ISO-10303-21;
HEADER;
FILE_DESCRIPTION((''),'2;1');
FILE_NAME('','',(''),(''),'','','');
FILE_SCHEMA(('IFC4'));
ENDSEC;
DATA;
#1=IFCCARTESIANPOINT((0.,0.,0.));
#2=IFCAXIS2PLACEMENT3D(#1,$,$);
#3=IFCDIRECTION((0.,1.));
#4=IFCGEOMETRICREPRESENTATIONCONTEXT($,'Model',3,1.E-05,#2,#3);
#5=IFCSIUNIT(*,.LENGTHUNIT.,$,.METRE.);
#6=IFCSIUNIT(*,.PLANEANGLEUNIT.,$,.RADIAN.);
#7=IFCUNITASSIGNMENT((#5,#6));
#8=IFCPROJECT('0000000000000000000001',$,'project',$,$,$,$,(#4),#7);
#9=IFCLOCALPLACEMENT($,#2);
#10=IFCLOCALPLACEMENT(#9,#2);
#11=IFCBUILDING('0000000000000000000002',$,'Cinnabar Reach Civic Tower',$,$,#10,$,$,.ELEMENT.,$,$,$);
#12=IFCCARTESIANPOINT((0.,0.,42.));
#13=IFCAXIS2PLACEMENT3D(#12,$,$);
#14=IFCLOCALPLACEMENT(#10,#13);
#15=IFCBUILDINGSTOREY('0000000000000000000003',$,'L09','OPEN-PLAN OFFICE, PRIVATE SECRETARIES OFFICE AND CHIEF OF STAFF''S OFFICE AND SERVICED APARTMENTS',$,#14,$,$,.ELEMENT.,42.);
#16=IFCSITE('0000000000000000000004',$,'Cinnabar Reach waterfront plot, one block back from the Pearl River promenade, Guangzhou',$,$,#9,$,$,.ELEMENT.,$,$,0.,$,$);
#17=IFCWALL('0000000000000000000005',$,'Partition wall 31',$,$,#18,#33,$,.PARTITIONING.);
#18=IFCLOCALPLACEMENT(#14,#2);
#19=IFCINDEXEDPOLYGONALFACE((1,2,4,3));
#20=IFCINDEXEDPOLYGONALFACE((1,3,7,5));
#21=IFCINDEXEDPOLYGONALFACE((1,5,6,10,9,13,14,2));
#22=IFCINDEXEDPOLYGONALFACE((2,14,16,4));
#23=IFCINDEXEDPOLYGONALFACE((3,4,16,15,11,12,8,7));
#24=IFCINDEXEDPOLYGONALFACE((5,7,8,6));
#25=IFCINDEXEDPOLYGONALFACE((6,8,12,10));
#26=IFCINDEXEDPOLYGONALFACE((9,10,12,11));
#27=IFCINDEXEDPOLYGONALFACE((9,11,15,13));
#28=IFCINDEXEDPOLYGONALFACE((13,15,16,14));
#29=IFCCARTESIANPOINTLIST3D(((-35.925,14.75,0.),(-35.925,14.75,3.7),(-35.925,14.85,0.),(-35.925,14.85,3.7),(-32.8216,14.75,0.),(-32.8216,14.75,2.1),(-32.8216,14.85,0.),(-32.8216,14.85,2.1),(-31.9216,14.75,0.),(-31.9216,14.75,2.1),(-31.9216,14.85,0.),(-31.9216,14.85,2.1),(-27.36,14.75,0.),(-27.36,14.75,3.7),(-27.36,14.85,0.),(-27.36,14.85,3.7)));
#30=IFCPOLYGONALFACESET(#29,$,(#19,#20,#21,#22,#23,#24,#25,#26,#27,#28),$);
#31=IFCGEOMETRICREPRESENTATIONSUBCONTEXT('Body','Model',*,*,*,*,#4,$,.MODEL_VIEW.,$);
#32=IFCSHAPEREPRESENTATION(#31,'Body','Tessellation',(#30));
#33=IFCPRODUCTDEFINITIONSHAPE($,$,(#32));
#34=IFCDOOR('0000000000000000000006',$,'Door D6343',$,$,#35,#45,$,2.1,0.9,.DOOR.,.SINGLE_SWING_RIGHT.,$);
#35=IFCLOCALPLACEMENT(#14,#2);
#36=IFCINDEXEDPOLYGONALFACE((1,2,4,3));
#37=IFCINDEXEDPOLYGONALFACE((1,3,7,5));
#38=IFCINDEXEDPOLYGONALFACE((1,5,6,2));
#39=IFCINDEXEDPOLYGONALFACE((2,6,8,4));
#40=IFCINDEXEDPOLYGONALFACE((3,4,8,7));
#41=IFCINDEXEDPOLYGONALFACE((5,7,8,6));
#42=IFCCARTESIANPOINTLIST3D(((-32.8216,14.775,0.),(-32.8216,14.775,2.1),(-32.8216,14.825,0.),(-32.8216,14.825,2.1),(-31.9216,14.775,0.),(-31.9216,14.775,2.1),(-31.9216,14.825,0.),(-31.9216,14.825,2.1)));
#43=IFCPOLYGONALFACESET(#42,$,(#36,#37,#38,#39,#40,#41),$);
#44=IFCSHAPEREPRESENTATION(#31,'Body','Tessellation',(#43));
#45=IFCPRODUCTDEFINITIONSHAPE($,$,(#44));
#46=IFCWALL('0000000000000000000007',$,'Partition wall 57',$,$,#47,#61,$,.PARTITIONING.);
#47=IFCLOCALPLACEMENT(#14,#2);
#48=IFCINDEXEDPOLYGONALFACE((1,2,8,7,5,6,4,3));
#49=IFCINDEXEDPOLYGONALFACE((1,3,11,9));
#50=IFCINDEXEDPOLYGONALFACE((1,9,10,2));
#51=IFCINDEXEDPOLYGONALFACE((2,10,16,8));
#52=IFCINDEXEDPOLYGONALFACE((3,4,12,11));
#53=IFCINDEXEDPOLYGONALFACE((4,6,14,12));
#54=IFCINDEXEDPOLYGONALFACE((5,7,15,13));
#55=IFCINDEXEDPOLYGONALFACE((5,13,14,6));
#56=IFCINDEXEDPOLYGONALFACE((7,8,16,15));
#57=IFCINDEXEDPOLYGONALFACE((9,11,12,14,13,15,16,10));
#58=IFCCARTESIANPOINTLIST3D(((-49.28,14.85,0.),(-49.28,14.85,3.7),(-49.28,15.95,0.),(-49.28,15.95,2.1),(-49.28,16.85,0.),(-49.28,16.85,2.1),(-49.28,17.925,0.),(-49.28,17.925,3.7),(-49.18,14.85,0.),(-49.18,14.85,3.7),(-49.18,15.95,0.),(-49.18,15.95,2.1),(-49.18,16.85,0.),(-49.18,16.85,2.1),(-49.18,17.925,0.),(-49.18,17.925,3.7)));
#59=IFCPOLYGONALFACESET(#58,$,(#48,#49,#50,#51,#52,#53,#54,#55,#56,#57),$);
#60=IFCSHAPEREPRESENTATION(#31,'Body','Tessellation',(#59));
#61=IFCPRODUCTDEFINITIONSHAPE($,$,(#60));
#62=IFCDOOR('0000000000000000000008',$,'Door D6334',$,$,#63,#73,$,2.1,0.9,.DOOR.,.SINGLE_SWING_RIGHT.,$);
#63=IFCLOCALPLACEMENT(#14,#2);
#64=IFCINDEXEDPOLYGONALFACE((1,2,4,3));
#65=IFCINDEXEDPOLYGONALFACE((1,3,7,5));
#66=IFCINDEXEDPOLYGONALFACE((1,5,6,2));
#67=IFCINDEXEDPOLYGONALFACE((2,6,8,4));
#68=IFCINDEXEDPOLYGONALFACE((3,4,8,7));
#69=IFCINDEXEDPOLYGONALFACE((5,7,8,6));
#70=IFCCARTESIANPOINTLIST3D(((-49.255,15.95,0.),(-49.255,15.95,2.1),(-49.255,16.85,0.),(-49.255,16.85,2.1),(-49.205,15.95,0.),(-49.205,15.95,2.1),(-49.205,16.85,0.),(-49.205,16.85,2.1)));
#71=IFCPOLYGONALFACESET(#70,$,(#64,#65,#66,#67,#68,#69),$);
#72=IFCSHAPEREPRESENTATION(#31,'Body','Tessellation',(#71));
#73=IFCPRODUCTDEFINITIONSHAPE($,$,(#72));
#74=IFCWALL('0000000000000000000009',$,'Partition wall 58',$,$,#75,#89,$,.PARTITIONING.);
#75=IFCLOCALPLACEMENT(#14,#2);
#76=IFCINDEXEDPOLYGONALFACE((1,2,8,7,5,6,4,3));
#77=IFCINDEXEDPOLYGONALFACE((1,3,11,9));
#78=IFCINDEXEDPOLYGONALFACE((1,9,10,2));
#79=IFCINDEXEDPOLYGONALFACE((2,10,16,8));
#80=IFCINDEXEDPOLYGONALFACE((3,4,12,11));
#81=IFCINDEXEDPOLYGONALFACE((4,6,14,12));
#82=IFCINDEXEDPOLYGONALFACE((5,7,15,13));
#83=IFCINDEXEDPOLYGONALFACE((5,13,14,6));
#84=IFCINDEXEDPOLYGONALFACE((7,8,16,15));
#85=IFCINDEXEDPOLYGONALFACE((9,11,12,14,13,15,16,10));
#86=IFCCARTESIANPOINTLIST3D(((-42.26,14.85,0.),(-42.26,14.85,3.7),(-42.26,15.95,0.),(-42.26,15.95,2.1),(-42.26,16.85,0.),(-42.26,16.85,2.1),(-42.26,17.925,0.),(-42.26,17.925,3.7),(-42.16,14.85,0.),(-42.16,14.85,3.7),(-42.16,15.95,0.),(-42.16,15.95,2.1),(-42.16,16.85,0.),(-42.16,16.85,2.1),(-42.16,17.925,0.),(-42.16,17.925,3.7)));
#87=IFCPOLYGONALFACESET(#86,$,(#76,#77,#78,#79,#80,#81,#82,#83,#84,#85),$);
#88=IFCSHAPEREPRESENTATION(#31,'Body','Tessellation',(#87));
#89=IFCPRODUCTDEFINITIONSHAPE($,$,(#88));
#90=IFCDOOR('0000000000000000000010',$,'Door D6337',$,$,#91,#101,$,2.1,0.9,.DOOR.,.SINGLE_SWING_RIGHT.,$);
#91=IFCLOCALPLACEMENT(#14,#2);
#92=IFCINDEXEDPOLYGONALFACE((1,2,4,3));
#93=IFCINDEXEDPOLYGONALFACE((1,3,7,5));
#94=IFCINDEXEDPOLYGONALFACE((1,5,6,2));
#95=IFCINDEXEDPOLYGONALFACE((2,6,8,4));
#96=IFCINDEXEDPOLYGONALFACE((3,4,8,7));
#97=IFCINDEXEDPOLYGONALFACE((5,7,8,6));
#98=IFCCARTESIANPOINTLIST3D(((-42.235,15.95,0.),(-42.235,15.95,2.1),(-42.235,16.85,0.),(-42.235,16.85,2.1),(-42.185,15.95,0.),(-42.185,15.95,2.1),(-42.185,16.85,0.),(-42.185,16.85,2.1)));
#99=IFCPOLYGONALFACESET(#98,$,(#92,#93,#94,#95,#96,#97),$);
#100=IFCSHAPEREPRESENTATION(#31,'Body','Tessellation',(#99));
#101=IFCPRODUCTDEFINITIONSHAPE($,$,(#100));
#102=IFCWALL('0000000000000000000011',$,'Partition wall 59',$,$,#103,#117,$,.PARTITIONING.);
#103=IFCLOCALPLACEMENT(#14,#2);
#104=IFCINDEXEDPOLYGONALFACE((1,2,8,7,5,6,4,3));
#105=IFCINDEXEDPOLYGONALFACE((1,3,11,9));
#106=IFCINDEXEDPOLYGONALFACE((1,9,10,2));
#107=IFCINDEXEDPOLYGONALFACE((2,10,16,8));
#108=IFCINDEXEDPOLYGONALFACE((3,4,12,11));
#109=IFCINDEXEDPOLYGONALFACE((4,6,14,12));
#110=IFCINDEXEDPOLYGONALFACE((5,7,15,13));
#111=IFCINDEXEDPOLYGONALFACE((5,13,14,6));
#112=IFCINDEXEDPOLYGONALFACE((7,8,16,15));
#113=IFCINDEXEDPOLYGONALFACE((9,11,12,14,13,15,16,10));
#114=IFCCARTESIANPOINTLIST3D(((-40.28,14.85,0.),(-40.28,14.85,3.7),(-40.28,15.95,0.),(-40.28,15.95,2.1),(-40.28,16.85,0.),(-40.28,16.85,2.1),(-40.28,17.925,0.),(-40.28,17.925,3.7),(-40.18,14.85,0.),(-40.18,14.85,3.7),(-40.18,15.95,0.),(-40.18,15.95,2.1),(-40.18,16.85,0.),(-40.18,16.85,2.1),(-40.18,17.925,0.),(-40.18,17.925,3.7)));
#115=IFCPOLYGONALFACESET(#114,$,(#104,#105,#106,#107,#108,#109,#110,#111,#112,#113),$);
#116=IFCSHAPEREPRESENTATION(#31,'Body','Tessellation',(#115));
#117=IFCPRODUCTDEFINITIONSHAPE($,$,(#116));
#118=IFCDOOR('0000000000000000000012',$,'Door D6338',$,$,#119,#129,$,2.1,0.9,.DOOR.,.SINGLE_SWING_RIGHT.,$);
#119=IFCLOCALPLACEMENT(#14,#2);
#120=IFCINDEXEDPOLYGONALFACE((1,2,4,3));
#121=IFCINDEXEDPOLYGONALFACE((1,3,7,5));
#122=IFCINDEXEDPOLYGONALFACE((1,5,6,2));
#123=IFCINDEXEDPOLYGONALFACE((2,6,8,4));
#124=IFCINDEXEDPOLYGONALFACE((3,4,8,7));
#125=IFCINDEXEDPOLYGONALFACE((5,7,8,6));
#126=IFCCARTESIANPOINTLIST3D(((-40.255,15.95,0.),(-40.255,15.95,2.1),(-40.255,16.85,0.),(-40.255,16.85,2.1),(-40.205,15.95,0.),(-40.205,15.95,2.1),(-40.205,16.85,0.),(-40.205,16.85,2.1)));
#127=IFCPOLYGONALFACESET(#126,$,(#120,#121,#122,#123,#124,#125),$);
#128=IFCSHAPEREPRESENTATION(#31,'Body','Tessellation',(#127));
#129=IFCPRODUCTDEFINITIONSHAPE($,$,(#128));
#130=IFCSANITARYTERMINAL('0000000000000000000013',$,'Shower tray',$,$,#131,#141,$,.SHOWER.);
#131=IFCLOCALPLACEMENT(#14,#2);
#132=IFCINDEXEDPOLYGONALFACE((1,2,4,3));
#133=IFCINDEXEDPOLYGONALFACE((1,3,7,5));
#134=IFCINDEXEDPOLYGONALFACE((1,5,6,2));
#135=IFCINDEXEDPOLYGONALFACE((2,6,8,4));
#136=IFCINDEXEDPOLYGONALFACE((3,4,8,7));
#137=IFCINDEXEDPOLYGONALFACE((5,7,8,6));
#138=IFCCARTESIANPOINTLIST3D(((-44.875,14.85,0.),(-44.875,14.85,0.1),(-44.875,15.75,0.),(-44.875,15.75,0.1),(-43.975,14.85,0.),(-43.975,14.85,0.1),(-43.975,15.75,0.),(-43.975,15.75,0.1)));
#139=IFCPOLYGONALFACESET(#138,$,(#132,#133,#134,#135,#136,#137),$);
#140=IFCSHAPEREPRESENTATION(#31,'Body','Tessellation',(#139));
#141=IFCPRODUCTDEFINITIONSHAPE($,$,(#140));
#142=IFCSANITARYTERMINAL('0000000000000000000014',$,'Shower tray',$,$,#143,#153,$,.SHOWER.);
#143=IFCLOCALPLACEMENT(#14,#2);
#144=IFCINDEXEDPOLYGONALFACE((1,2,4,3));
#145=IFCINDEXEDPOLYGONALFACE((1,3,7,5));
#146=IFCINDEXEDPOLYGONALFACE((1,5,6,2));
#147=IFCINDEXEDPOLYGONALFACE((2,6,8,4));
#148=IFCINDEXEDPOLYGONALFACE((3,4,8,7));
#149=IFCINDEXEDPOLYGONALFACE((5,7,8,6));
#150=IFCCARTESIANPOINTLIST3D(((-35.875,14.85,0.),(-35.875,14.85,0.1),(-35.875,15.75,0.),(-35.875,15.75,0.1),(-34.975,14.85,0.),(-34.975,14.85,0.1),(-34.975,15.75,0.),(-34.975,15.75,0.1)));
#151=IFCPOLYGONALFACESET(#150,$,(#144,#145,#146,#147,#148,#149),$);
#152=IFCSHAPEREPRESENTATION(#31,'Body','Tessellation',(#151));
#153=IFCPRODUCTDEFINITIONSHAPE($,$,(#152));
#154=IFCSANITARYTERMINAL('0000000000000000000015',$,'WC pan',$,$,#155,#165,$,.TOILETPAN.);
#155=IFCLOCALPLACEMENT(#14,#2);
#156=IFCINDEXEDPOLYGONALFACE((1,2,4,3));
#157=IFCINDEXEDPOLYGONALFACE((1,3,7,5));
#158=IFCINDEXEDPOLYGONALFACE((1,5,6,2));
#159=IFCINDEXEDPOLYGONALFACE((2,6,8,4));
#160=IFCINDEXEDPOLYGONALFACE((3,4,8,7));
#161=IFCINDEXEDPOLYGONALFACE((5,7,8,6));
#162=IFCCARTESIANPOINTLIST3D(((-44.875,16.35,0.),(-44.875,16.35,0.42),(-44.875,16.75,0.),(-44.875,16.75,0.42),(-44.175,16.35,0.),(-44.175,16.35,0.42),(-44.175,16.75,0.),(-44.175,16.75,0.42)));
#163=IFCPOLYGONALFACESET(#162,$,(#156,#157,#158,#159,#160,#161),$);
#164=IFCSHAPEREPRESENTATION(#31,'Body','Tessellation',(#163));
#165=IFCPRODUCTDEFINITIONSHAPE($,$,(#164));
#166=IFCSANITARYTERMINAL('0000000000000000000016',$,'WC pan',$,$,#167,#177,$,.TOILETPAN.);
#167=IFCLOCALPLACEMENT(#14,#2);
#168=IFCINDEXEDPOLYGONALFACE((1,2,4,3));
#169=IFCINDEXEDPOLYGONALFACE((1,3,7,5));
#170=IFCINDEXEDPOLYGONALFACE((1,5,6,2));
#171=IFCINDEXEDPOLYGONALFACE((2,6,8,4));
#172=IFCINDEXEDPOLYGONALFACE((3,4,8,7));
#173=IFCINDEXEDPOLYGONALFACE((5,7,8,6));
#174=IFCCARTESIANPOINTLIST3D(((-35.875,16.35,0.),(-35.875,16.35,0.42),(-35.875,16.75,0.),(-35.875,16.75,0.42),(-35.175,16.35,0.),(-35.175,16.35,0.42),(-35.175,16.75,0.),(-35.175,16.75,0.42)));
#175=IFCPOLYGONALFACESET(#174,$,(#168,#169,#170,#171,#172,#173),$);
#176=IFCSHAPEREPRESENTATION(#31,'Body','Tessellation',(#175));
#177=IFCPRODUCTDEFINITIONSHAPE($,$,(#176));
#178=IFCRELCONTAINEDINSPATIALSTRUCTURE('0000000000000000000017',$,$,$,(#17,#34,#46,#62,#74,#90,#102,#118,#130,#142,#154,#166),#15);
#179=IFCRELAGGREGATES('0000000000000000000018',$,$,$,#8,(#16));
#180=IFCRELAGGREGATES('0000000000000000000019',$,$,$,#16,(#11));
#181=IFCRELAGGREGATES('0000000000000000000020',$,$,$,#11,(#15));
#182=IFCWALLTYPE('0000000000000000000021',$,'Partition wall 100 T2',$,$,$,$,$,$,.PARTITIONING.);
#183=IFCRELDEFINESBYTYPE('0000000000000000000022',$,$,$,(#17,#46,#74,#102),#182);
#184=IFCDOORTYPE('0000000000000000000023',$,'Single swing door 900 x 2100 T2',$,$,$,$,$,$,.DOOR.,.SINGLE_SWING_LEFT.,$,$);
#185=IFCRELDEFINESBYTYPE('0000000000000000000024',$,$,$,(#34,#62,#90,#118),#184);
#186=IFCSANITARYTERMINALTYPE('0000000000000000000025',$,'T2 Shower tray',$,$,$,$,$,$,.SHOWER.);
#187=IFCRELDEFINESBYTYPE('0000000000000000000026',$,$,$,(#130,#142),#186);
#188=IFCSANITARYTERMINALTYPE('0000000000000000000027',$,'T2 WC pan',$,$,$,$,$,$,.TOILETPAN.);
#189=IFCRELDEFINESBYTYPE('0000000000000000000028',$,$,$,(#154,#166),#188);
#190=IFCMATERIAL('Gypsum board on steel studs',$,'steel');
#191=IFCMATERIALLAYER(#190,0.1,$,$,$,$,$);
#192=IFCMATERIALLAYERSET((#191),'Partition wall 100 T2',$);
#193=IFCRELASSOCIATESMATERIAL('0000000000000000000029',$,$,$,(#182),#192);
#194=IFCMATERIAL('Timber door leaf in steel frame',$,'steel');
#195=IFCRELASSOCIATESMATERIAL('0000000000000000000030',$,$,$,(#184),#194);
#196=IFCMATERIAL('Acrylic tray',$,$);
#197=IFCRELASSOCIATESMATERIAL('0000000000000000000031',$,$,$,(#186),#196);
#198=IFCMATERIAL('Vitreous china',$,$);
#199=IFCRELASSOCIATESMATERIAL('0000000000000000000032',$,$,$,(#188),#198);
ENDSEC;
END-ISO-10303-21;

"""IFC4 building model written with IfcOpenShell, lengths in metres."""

from ifc_helpers import new_model, si_unit, direction, frame, frame_2d, origin, origin_2d, place, context, subcontext, project, spatial, rectangle, extrude, material, layer, layer_set, type_object, element, fill, save


model = new_model("IFC4")

# Units and contexts
model_context = context("Model", 3, precision=1e-05, world=origin(), true_north=direction((0.0, 1.0)))
body_context = subcontext(model_context, "Body", "Model", "MODEL_VIEW")
ifc_project = project(units=[si_unit("LENGTHUNIT", "METRE"), si_unit("PLANEANGLEUNIT", "RADIAN")], contexts=[model_context])

# Site, building, storey
site_placement = place(None, origin())
site = spatial("IfcSite", under=ifc_project, at=site_placement, Name="Cinnabar Reach waterfront plot, one block back from the Pearl River promenade, Guangzhou", CompositionType="ELEMENT", RefElevation=0.0)
building_placement = place(site_placement, origin())
building = spatial("IfcBuilding", under=site, at=building_placement, Name="Cinnabar Reach Civic Tower", CompositionType="ELEMENT")
storey_placement = place(building_placement, frame((0.0, 0.0, 42.0)))
storey = spatial("IfcBuildingStorey", under=building, at=storey_placement, Name="L09", Description="OPEN-PLAN OFFICE, PRIVATE SECRETARIES OFFICE AND CHIEF OF STAFF'S OFFICE AND SERVICED APARTMENTS", CompositionType="ELEMENT", Elevation=42.0)

# Shared definitions
ifc_material_1 = material(Name="Timber door leaf in steel frame", Category="steel")

# Walls, openings, doors
ifc_material_2 = material(Name="Gypsum board on steel studs", Category="steel")
ifc_layer_1 = layer(ifc_material_2, 0.1)
ifc_layer_set_1 = layer_set([ifc_layer_1], Name="Partition wall 100 T2")
wall_type_1 = type_object("IfcWallType", Name="Partition wall 100 T2", PredefinedType="PARTITIONING", material=ifc_layer_set_1)
door_type_1 = type_object("IfcDoorType", Name="Single swing door 900 x 2100 T2", OperationType="SINGLE_SWING_LEFT", PredefinedType="DOOR", material=ifc_material_1)
wall_1_placement = place(storey_placement, frame((-35.925, 14.8, 0.0), z_axis=(0.0, 0.0, 1.0), x_axis=(1.0, 0.0, 0.0)))
wall_1 = element("IfcWall", 1, at=wall_1_placement, inside=storey, type_object=wall_type_1, Name="Partition wall 31", PredefinedType="PARTITIONING", context=body_context, shape_type="SweptSolid", body=[
    extrude(rectangle(XDim=8.565, YDim=0.1, at=frame_2d((4.2825, 0.0))), origin(), (0.0, 0.0, 1.0), 3.7),
])
opening_1_placement = place(wall_1_placement, frame((3.1034, 0.0, 0.0)))
opening_1 = element("IfcOpeningElement", 2, at=opening_1_placement, cuts=wall_1, PredefinedType="OPENING", context=body_context, shape_type="SweptSolid", body=[
    extrude(rectangle(XDim=0.9, YDim=2.1, at=frame_2d((0.45, 1.05))), frame((0.0, 0.06, 0.0), z_axis=(0.0, -1.0, 0.0), x_axis=(1.0, 0.0, 0.0)), (0.0, 0.0, 1.0), 0.12),
])
door_1_placement = place(opening_1_placement, origin())
door_1 = element("IfcDoor", 3, at=door_1_placement, inside=storey, type_object=door_type_1, Name="Door D6343", OperationType="SINGLE_SWING_RIGHT", OverallHeight=2.1, OverallWidth=0.9, PredefinedType="DOOR", context=body_context, shape_type="SweptSolid", body=[
    extrude(rectangle(XDim=0.9, YDim=2.1, at=frame_2d((0.45, 1.05))), frame((0.0, 0.025, 0.0), z_axis=(0.0, -1.0, 0.0), x_axis=(1.0, 0.0, 0.0)), (0.0, 0.0, 1.0), 0.05),
])
fill(opening_1, door_1)
wall_2_placement = place(storey_placement, frame((-49.23, 14.85, 0.0), z_axis=(0.0, 0.0, 1.0), x_axis=(0.0, 1.0, 0.0)))
wall_2 = element("IfcWall", 4, at=wall_2_placement, inside=storey, type_object=wall_type_1, Name="Partition wall 57", PredefinedType="PARTITIONING", context=body_context, shape_type="SweptSolid", body=[
    extrude(rectangle(XDim=3.075, YDim=0.1, at=frame_2d((1.5375, 0.0))), origin(), (0.0, 0.0, 1.0), 3.7),
])
opening_2_placement = place(wall_2_placement, frame((1.1, 0.0, 0.0)))
opening_2 = element("IfcOpeningElement", 5, at=opening_2_placement, cuts=wall_2, PredefinedType="OPENING", context=body_context, shape_type="SweptSolid", body=[
    extrude(rectangle(XDim=0.9, YDim=2.1, at=frame_2d((0.45, 1.05))), frame((0.0, 0.06, 0.0), z_axis=(0.0, -1.0, 0.0), x_axis=(1.0, 0.0, 0.0)), (0.0, 0.0, 1.0), 0.12),
])
door_2_placement = place(opening_2_placement, origin())
door_2 = element("IfcDoor", 6, at=door_2_placement, inside=storey, type_object=door_type_1, Name="Door D6334", OperationType="SINGLE_SWING_RIGHT", OverallHeight=2.1, OverallWidth=0.9, PredefinedType="DOOR", context=body_context, shape_type="SweptSolid", body=[
    extrude(rectangle(XDim=0.9, YDim=2.1, at=frame_2d((0.45, 1.05))), frame((0.0, 0.025, 0.0), z_axis=(0.0, -1.0, 0.0), x_axis=(1.0, 0.0, 0.0)), (0.0, 0.0, 1.0), 0.05),
])
fill(opening_2, door_2)
wall_3_placement = place(storey_placement, frame((-42.21, 14.85, 0.0), z_axis=(0.0, 0.0, 1.0), x_axis=(0.0, 1.0, 0.0)))
wall_3 = element("IfcWall", 7, at=wall_3_placement, inside=storey, type_object=wall_type_1, Name="Partition wall 58", PredefinedType="PARTITIONING", context=body_context, shape_type="SweptSolid", body=[
    extrude(rectangle(XDim=3.075, YDim=0.1, at=frame_2d((1.5375, 0.0))), origin(), (0.0, 0.0, 1.0), 3.7),
])
opening_3_placement = place(wall_3_placement, frame((1.1, 0.0, 0.0)))
opening_3 = element("IfcOpeningElement", 8, at=opening_3_placement, cuts=wall_3, PredefinedType="OPENING", context=body_context, shape_type="SweptSolid", body=[
    extrude(rectangle(XDim=0.9, YDim=2.1, at=frame_2d((0.45, 1.05))), frame((0.0, 0.06, 0.0), z_axis=(0.0, -1.0, 0.0), x_axis=(1.0, 0.0, 0.0)), (0.0, 0.0, 1.0), 0.12),
])
door_3_placement = place(opening_3_placement, origin())
door_3 = element("IfcDoor", 9, at=door_3_placement, inside=storey, type_object=door_type_1, Name="Door D6337", OperationType="SINGLE_SWING_RIGHT", OverallHeight=2.1, OverallWidth=0.9, PredefinedType="DOOR", context=body_context, shape_type="SweptSolid", body=[
    extrude(rectangle(XDim=0.9, YDim=2.1, at=frame_2d((0.45, 1.05))), frame((0.0, 0.025, 0.0), z_axis=(0.0, -1.0, 0.0), x_axis=(1.0, 0.0, 0.0)), (0.0, 0.0, 1.0), 0.05),
])
fill(opening_3, door_3)
wall_4_placement = place(storey_placement, frame((-40.23, 14.85, 0.0), z_axis=(0.0, 0.0, 1.0), x_axis=(0.0, 1.0, 0.0)))
wall_4 = element("IfcWall", 10, at=wall_4_placement, inside=storey, type_object=wall_type_1, Name="Partition wall 59", PredefinedType="PARTITIONING", context=body_context, shape_type="SweptSolid", body=[
    extrude(rectangle(XDim=3.075, YDim=0.1, at=frame_2d((1.5375, 0.0))), origin(), (0.0, 0.0, 1.0), 3.7),
])
opening_4_placement = place(wall_4_placement, frame((1.1, 0.0, 0.0)))
opening_4 = element("IfcOpeningElement", 11, at=opening_4_placement, cuts=wall_4, PredefinedType="OPENING", context=body_context, shape_type="SweptSolid", body=[
    extrude(rectangle(XDim=0.9, YDim=2.1, at=frame_2d((0.45, 1.05))), frame((0.0, 0.06, 0.0), z_axis=(0.0, -1.0, 0.0), x_axis=(1.0, 0.0, 0.0)), (0.0, 0.0, 1.0), 0.12),
])
door_4_placement = place(opening_4_placement, origin())
door_4 = element("IfcDoor", 12, at=door_4_placement, inside=storey, type_object=door_type_1, Name="Door D6338", OperationType="SINGLE_SWING_RIGHT", OverallHeight=2.1, OverallWidth=0.9, PredefinedType="DOOR", context=body_context, shape_type="SweptSolid", body=[
    extrude(rectangle(XDim=0.9, YDim=2.1, at=frame_2d((0.45, 1.05))), frame((0.0, 0.025, 0.0), z_axis=(0.0, -1.0, 0.0), x_axis=(1.0, 0.0, 0.0)), (0.0, 0.0, 1.0), 0.05),
])
fill(opening_4, door_4)

# Sanitary terminals
ifc_material_3 = material(Name="Acrylic tray")
sanitary_terminal_type_1 = type_object("IfcSanitaryTerminalType", Name="T2 Shower tray", PredefinedType="SHOWER", material=ifc_material_3)
for number, where, z_axis, x_axis, name in (
    (13, (-44.425, 15.3, 0.0), (0.0, 0.0, 1.0), (1.0, 0.0, 0.0), "Shower tray"),
    (14, (-35.425, 15.3, 0.0), (0.0, 0.0, 1.0), (1.0, 0.0, 0.0), "Shower tray"),
):
    element("IfcSanitaryTerminal", number, at=place(storey_placement, frame(where, z_axis=z_axis, x_axis=x_axis)), inside=storey, type_object=sanitary_terminal_type_1, Name=name, PredefinedType="SHOWER", context=body_context, shape_type="SweptSolid", body=[
        extrude(rectangle(XDim=0.9, YDim=0.9, at=origin_2d()), origin(), (0.0, 0.0, 1.0), 0.1),
    ])
ifc_material_4 = material(Name="Vitreous china")
sanitary_terminal_type_2 = type_object("IfcSanitaryTerminalType", Name="T2 WC pan", PredefinedType="TOILETPAN", material=ifc_material_4)
for number, where, z_axis, x_axis, name in (
    (15, (-44.525, 16.55, 0.0), (0.0, 0.0, 1.0), (1.0, 0.0, 0.0), "WC pan"),
    (16, (-35.525, 16.55, 0.0), (0.0, 0.0, 1.0), (1.0, 0.0, 0.0), "WC pan"),
):
    element("IfcSanitaryTerminal", number, at=place(storey_placement, frame(where, z_axis=z_axis, x_axis=x_axis)), inside=storey, type_object=sanitary_terminal_type_2, Name=name, PredefinedType="TOILETPAN", context=body_context, shape_type="SweptSolid", body=[
        extrude(rectangle(XDim=0.7, YDim=0.4, at=origin_2d()), origin(), (0.0, 0.0, 1.0), 0.42),
    ])

save(model, "model.ifc")
